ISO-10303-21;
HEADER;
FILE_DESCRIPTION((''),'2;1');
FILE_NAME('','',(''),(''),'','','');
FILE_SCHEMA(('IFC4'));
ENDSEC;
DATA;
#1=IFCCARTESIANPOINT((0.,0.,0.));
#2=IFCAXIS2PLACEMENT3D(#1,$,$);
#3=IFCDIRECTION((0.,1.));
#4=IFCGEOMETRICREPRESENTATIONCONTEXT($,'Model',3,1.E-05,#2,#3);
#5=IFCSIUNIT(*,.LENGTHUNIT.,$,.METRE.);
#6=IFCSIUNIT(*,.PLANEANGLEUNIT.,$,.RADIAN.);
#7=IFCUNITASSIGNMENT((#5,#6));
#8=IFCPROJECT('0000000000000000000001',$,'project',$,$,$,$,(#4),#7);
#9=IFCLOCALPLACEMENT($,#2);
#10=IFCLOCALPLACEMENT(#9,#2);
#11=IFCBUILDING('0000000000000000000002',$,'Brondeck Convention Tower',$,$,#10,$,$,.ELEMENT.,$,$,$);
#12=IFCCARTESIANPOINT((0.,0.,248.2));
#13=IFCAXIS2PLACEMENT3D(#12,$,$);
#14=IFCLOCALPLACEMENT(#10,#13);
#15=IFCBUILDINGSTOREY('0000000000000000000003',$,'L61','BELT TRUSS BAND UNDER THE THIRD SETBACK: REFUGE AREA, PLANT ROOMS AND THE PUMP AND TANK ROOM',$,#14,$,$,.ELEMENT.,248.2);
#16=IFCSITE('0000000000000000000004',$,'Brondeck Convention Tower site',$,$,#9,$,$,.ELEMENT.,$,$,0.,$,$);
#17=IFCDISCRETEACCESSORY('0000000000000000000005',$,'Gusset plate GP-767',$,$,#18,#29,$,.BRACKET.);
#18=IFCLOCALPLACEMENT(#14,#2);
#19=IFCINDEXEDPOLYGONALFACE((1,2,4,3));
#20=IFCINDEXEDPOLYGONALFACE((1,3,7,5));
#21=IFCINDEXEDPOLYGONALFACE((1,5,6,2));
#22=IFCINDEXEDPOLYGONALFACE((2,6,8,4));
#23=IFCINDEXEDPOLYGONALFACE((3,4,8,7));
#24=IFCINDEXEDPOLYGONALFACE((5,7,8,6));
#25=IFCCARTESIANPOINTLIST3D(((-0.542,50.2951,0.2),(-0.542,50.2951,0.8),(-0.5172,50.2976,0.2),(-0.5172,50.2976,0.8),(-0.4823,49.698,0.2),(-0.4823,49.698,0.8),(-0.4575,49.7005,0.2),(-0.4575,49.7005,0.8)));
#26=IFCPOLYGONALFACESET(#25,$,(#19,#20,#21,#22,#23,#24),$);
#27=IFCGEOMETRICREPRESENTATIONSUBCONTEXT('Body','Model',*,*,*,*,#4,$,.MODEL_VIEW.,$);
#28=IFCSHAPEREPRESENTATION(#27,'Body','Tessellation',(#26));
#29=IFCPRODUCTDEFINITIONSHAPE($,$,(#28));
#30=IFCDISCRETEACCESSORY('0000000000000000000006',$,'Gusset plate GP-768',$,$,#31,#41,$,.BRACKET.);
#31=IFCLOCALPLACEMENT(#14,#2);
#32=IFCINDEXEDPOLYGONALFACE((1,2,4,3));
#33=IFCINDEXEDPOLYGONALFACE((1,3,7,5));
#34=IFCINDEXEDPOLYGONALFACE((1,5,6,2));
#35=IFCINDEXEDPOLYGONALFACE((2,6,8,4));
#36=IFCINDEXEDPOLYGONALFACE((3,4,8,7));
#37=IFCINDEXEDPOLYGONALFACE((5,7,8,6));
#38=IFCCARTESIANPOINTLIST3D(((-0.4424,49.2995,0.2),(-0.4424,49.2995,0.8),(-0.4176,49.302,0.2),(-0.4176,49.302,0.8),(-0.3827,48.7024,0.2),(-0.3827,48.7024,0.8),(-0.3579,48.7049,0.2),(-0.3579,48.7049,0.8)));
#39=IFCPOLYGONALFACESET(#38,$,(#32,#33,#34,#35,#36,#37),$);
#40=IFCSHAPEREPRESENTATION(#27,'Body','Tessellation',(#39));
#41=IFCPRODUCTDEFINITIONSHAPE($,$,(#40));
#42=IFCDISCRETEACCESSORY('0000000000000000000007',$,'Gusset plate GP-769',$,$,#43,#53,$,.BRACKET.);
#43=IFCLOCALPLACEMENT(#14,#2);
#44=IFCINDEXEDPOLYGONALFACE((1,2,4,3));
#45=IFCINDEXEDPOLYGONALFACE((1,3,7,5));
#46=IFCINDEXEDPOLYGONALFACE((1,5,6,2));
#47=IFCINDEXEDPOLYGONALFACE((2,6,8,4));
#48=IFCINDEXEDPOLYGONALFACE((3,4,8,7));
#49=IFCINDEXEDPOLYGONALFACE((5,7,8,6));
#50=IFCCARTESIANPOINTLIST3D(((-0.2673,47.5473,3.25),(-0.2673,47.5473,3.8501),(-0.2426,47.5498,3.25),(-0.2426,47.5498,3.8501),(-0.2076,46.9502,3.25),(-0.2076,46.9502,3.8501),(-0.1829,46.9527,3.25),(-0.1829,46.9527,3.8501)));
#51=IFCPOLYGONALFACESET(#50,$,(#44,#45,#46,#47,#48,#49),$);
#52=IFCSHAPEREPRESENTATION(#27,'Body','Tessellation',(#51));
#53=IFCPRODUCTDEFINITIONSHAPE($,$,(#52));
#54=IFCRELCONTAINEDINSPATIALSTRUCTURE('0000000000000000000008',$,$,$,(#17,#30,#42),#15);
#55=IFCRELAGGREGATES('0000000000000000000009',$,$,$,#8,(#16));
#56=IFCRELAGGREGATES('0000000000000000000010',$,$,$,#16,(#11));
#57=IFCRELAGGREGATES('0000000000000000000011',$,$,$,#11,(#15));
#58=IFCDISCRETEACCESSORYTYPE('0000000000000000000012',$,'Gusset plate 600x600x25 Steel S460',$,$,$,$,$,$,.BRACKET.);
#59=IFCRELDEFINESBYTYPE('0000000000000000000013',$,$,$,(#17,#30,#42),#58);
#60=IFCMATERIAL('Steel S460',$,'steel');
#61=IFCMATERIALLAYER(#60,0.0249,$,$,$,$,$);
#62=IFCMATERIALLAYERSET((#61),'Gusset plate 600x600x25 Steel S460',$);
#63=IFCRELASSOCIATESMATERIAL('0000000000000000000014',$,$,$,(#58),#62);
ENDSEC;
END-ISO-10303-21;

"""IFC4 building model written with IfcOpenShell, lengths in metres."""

from ifc_helpers import new_model, si_unit, direction, frame, origin, origin_2d, place, context, subcontext, project, spatial, rectangle, extrude, material, layer, layer_set, type_object, element, save


model = new_model("IFC4")

# Units and contexts
model_context = context("Model", 3, precision=1e-05, world=origin(), true_north=direction((0.0, 1.0)))
body_context = subcontext(model_context, "Body", "Model", "MODEL_VIEW")
ifc_project = project(units=[si_unit("LENGTHUNIT", "METRE"), si_unit("PLANEANGLEUNIT", "RADIAN")], contexts=[model_context])

# Site, building, storey
site_placement = place(None, origin())
site = spatial("IfcSite", under=ifc_project, at=site_placement, Name="Brondeck Convention Tower site", CompositionType="ELEMENT", RefElevation=0.0)
building_placement = place(site_placement, origin())
building = spatial("IfcBuilding", under=site, at=building_placement, Name="Brondeck Convention Tower", CompositionType="ELEMENT")
storey_placement = place(building_placement, frame((0.0, 0.0, 248.2)))
storey = spatial("IfcBuildingStorey", under=building, at=storey_placement, Name="L61", Description="BELT TRUSS BAND UNDER THE THIRD SETBACK: REFUGE AREA, PLANT ROOMS AND THE PUMP AND TANK ROOM", CompositionType="ELEMENT", Elevation=248.2)

# Shared definitions
ifc_material_1 = material(Name="Steel S460", Category="steel")

# Discrete accessories
ifc_layer_1 = layer(ifc_material_1, 0.0249)
ifc_layer_set_1 = layer_set([ifc_layer_1], Name="Gusset plate 600x600x25 Steel S460")
discrete_accessory_type = type_object("IfcDiscreteAccessoryType", Name="Gusset plate 600x600x25 Steel S460", PredefinedType="BRACKET", material=ifc_layer_set_1)
for number, where, z_axis, x_axis, name in (
    (1, (-0.4998, 49.9978, 0.2), (0.0, 0.0, 1.0), (-0.099511, 0.995036, 0.0), "Gusset plate GP-767"),
    (2, (-0.4001, 49.0022, 0.2), (0.0, 0.0, 1.0), (-0.099511, 0.995036, 0.0), "Gusset plate GP-768"),
    (3, (-0.2251, 47.25, 3.25), (0.0, 0.0, 1.0), (-0.099511, 0.995036, 0.0), "Gusset plate GP-769"),
):
    element("IfcDiscreteAccessory", number, at=place(storey_placement, frame(where, z_axis=z_axis, x_axis=x_axis)), inside=storey, type_object=discrete_accessory_type, Name=name, PredefinedType="BRACKET", context=body_context, shape_type="SweptSolid", body=[
        extrude(rectangle(XDim=0.6001, YDim=0.0249, at=origin_2d()), origin(), (0.0, 0.0, 1.0), 0.6001),
    ])

save(model, "model.ifc")
